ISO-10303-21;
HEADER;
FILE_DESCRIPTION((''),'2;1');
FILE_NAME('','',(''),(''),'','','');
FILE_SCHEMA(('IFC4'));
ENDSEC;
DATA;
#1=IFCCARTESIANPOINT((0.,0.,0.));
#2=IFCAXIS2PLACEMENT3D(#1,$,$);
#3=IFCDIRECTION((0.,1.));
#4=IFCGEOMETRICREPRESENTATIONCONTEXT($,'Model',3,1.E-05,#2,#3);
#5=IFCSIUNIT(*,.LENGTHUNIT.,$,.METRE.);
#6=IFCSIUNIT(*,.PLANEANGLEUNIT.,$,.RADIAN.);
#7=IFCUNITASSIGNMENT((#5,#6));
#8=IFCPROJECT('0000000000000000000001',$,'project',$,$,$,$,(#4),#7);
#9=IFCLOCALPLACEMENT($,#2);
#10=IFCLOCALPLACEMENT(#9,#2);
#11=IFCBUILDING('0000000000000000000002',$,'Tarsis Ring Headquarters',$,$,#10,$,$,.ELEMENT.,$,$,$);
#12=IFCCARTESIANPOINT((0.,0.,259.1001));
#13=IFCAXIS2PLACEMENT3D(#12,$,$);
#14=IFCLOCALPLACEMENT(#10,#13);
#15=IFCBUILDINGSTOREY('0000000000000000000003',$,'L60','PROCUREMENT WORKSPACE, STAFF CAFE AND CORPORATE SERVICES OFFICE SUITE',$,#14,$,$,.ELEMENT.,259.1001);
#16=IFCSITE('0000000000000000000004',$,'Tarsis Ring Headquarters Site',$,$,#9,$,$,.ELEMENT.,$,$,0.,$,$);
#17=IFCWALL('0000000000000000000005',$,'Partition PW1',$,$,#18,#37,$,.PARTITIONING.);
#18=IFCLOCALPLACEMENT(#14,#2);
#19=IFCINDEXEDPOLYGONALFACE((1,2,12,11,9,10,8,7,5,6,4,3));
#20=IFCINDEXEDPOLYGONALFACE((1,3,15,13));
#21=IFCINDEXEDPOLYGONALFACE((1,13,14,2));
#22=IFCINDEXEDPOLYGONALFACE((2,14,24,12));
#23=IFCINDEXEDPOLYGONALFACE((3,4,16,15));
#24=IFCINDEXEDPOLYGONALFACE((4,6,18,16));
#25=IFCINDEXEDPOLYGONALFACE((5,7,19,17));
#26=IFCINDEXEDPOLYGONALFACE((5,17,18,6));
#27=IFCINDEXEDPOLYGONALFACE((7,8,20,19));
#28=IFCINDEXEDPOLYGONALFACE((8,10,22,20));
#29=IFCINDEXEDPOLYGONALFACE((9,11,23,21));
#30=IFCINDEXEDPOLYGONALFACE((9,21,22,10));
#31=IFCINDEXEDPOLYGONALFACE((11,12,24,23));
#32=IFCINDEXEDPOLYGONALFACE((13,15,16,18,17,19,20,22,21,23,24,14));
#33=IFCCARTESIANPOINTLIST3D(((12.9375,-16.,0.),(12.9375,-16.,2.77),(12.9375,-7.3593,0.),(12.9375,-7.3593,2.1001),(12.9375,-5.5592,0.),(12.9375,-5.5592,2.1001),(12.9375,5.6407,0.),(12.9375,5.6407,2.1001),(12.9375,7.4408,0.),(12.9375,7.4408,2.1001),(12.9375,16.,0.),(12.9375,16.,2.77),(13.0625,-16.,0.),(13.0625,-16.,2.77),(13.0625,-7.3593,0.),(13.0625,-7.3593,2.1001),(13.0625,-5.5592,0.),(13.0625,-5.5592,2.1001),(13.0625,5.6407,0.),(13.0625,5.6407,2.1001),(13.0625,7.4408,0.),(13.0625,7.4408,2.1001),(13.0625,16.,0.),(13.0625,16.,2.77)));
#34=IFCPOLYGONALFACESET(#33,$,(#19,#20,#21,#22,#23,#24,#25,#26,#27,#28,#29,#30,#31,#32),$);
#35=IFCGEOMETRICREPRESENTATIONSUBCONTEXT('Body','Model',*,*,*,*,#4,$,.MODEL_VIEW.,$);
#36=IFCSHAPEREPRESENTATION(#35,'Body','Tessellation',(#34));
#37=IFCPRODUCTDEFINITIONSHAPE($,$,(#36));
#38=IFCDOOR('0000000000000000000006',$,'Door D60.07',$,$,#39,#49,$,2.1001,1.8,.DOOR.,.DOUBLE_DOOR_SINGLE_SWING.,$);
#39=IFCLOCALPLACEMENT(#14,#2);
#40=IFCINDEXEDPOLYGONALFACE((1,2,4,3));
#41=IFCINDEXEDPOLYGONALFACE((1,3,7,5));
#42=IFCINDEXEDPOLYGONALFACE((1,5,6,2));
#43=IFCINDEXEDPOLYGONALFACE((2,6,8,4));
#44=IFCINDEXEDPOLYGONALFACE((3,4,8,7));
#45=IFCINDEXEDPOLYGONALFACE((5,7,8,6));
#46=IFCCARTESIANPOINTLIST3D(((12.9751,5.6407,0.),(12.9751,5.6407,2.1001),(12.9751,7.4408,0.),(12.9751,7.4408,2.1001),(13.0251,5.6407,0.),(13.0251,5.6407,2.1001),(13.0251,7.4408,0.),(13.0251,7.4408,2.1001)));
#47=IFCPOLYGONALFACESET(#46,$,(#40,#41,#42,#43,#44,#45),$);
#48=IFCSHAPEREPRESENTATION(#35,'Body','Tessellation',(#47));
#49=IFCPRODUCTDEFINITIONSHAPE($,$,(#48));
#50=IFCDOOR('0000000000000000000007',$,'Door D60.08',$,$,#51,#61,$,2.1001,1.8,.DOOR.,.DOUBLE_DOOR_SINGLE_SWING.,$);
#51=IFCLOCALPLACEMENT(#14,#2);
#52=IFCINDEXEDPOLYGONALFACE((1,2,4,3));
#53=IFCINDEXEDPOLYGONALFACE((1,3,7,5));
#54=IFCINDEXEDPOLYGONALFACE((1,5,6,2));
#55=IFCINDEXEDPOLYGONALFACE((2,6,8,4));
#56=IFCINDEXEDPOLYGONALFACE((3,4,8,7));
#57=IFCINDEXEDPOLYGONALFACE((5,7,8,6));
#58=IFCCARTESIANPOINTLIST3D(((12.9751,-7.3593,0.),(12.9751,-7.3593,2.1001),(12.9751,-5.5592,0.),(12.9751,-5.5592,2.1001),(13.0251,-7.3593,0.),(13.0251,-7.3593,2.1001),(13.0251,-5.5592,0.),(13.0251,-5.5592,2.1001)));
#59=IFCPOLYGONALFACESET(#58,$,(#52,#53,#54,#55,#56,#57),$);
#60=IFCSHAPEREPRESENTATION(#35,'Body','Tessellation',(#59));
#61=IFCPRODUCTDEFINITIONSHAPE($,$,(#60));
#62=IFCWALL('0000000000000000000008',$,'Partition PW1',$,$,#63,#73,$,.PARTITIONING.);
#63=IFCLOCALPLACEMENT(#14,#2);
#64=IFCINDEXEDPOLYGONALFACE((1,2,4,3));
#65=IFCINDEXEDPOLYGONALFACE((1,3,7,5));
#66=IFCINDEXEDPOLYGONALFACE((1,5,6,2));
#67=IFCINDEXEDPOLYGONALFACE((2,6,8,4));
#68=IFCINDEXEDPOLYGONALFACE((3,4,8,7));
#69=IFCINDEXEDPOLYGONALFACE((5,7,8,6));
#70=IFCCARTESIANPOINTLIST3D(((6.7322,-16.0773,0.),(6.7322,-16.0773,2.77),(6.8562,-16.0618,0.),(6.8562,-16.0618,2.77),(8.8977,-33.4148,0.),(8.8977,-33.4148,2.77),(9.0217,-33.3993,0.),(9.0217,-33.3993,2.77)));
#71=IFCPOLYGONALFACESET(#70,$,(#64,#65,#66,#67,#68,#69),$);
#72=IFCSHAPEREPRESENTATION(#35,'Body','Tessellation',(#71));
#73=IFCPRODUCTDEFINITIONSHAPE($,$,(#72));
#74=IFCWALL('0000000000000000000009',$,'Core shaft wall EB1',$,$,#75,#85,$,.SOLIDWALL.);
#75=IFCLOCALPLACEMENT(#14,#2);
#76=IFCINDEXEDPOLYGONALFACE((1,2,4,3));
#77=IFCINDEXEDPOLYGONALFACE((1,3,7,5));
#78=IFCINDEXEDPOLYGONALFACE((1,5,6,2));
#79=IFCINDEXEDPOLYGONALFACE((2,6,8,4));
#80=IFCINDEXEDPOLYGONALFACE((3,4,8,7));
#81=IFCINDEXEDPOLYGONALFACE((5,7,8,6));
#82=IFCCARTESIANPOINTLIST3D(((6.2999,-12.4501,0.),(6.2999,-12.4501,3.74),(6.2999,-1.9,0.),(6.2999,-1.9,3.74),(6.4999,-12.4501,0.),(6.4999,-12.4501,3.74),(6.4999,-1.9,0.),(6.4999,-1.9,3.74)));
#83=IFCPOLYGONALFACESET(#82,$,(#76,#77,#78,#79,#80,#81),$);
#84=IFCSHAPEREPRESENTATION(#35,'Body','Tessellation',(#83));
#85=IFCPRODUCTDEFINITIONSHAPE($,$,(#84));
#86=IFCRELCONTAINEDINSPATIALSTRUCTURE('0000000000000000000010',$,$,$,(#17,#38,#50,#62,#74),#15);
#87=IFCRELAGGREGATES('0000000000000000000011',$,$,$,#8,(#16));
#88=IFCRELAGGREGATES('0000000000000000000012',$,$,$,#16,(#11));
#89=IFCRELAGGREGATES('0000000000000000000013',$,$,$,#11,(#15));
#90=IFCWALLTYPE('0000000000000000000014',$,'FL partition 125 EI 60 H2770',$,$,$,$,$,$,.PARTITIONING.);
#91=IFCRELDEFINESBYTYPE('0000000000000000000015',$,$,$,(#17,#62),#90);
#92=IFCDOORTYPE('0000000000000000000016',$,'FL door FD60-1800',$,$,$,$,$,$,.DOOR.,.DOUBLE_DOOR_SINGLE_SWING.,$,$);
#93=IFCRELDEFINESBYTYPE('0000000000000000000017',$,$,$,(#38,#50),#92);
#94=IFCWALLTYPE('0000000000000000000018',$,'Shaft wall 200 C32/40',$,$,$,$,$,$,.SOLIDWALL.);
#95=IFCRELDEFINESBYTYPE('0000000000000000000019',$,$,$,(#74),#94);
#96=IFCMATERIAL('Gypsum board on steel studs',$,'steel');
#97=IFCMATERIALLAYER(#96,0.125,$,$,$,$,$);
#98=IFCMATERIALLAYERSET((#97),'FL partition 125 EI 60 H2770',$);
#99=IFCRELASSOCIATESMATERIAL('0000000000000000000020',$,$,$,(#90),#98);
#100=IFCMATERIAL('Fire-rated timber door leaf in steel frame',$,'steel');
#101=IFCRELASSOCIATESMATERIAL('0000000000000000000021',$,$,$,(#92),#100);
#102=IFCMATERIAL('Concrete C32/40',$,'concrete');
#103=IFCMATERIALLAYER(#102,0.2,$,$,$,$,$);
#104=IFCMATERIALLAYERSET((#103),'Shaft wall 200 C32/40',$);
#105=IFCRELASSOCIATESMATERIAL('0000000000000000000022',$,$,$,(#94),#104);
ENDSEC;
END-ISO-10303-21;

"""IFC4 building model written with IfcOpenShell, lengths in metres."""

from ifc_helpers import new_model, si_unit, direction, frame, frame_2d, origin, place, context, subcontext, project, spatial, rectangle, extrude, material, layer, layer_set, type_object, element, fill, save


model = new_model("IFC4")

# Units and contexts
model_context = context("Model", 3, precision=1e-05, world=origin(), true_north=direction((0.0, 1.0)))
body_context = subcontext(model_context, "Body", "Model", "MODEL_VIEW")
ifc_project = project(units=[si_unit("LENGTHUNIT", "METRE"), si_unit("PLANEANGLEUNIT", "RADIAN")], contexts=[model_context])

# Site, building, storey
site_placement = place(None, origin())
site = spatial("IfcSite", under=ifc_project, at=site_placement, Name="Tarsis Ring Headquarters Site", CompositionType="ELEMENT", RefElevation=0.0)
building_placement = place(site_placement, origin())
building = spatial("IfcBuilding", under=site, at=building_placement, Name="Tarsis Ring Headquarters", CompositionType="ELEMENT")
storey_placement = place(building_placement, frame((0.0, 0.0, 259.1001)))
storey = spatial("IfcBuildingStorey", under=building, at=storey_placement, Name="L60", Description="PROCUREMENT WORKSPACE, STAFF CAFE AND CORPORATE SERVICES OFFICE SUITE", CompositionType="ELEMENT", Elevation=259.1001)

# Wall, openings, doors
ifc_material_1 = material(Name="Gypsum board on steel studs", Category="steel")
ifc_layer_1 = layer(ifc_material_1, 0.125)
ifc_layer_set_1 = layer_set([ifc_layer_1], Name="FL partition 125 EI 60 H2770")
wall_type_1 = type_object("IfcWallType", Name="FL partition 125 EI 60 H2770", PredefinedType="PARTITIONING", material=ifc_layer_set_1)
wall_1_placement = place(storey_placement, frame((13.0, -16.0, 0.0), z_axis=(0.0, 0.0, 1.0), x_axis=(0.0, 1.0, 0.0)))
wall_1 = element("IfcWall", 1, at=wall_1_placement, inside=storey, type_object=wall_type_1, Name="Partition PW1", PredefinedType="PARTITIONING", context=body_context, shape_type="SweptSolid", body=[
    extrude(rectangle(XDim=32.0, YDim=0.125, at=frame_2d((16.0, 0.0))), origin(), (0.0, 0.0, 1.0), 2.77),
])
opening_1_placement = place(wall_1_placement, frame((21.6409, 0.0, 0.0)))
opening_1 = element("IfcOpeningElement", 2, at=opening_1_placement, cuts=wall_1, PredefinedType="OPENING", context=body_context, shape_type="SweptSolid", body=[
    extrude(rectangle(XDim=1.8, YDim=2.1001, at=frame_2d((0.8999, 1.05))), frame((0.0, 0.0725, 0.0), z_axis=(0.0, -1.0, 0.0), x_axis=(1.0, 0.0, 0.0)), (0.0, 0.0, 1.0), 0.145),
])
opening_2_placement = place(wall_1_placement, frame((8.6409, 0.0, 0.0)))
opening_2 = element("IfcOpeningElement", 3, at=opening_2_placement, cuts=wall_1, PredefinedType="OPENING", context=body_context, shape_type="SweptSolid", body=[
    extrude(rectangle(XDim=1.8, YDim=2.1001, at=frame_2d((0.8999, 1.05))), frame((0.0, 0.0725, 0.0), z_axis=(0.0, -1.0, 0.0), x_axis=(1.0, 0.0, 0.0)), (0.0, 0.0, 1.0), 0.145),
])
ifc_material_2 = material(Name="Fire-rated timber door leaf in steel frame", Category="steel")
door_type_1 = type_object("IfcDoorType", Name="FL door FD60-1800", OperationType="DOUBLE_DOOR_SINGLE_SWING", PredefinedType="DOOR", material=ifc_material_2)
door_1_placement = place(opening_1_placement, origin())
door_1 = element("IfcDoor", 4, at=door_1_placement, inside=storey, type_object=door_type_1, Name="Door D60.07", OperationType="DOUBLE_DOOR_SINGLE_SWING", OverallHeight=2.1001, OverallWidth=1.8, PredefinedType="DOOR", context=body_context, shape_type="SweptSolid", body=[
    extrude(rectangle(XDim=1.8, YDim=2.1001, at=frame_2d((0.8999, 1.05))), frame((0.0, 0.0249, 0.0), z_axis=(0.0, -1.0, 0.0), x_axis=(1.0, 0.0, 0.0)), (0.0, 0.0, 1.0), 0.05),
])
fill(opening_1, door_1)
door_2_placement = place(opening_2_placement, origin())
door_2 = element("IfcDoor", 5, at=door_2_placement, inside=storey, type_object=door_type_1, Name="Door D60.08", OperationType="DOUBLE_DOOR_SINGLE_SWING", OverallHeight=2.1001, OverallWidth=1.8, PredefinedType="DOOR", context=body_context, shape_type="SweptSolid", body=[
    extrude(rectangle(XDim=1.8, YDim=2.1001, at=frame_2d((0.8999, 1.05))), frame((0.0, 0.0249, 0.0), z_axis=(0.0, -1.0, 0.0), x_axis=(1.0, 0.0, 0.0)), (0.0, 0.0, 1.0), 0.05),
])
fill(opening_2, door_2)

# Walls
wall_2_placement = place(storey_placement, frame((6.7942, -16.0696, 0.0), z_axis=(0.0, 0.0, 1.0), x_axis=(0.123942, -0.992289, 0.0)))
element("IfcWall", 6, at=wall_2_placement, inside=storey, type_object=wall_type_1, Name="Partition PW1", PredefinedType="PARTITIONING", context=body_context, shape_type="SweptSolid", body=[
    extrude(rectangle(XDim=17.4722, YDim=0.125, at=frame_2d((8.7361, 0.0))), origin(), (0.0, 0.0, 1.0), 2.77),
])
ifc_material_3 = material(Name="Concrete C32/40", Category="concrete")
ifc_layer_2 = layer(ifc_material_3, 0.2)
ifc_layer_set_2 = layer_set([ifc_layer_2], Name="Shaft wall 200 C32/40")
wall_type_2 = type_object("IfcWallType", Name="Shaft wall 200 C32/40", PredefinedType="SOLIDWALL", material=ifc_layer_set_2)
wall_3_placement = place(storey_placement, frame((6.3999, -12.45, 0.0), z_axis=(0.0, 0.0, 1.0), x_axis=(0.0, 1.0, 0.0)))
element("IfcWall", 7, at=wall_3_placement, inside=storey, type_object=wall_type_2, Name="Core shaft wall EB1", PredefinedType="SOLIDWALL", context=body_context, shape_type="SweptSolid", body=[
    extrude(rectangle(XDim=10.55, YDim=0.2, at=frame_2d((5.2749, 0.0))), origin(), (0.0, 0.0, 1.0), 3.74),
])

save(model, "model.ifc")
